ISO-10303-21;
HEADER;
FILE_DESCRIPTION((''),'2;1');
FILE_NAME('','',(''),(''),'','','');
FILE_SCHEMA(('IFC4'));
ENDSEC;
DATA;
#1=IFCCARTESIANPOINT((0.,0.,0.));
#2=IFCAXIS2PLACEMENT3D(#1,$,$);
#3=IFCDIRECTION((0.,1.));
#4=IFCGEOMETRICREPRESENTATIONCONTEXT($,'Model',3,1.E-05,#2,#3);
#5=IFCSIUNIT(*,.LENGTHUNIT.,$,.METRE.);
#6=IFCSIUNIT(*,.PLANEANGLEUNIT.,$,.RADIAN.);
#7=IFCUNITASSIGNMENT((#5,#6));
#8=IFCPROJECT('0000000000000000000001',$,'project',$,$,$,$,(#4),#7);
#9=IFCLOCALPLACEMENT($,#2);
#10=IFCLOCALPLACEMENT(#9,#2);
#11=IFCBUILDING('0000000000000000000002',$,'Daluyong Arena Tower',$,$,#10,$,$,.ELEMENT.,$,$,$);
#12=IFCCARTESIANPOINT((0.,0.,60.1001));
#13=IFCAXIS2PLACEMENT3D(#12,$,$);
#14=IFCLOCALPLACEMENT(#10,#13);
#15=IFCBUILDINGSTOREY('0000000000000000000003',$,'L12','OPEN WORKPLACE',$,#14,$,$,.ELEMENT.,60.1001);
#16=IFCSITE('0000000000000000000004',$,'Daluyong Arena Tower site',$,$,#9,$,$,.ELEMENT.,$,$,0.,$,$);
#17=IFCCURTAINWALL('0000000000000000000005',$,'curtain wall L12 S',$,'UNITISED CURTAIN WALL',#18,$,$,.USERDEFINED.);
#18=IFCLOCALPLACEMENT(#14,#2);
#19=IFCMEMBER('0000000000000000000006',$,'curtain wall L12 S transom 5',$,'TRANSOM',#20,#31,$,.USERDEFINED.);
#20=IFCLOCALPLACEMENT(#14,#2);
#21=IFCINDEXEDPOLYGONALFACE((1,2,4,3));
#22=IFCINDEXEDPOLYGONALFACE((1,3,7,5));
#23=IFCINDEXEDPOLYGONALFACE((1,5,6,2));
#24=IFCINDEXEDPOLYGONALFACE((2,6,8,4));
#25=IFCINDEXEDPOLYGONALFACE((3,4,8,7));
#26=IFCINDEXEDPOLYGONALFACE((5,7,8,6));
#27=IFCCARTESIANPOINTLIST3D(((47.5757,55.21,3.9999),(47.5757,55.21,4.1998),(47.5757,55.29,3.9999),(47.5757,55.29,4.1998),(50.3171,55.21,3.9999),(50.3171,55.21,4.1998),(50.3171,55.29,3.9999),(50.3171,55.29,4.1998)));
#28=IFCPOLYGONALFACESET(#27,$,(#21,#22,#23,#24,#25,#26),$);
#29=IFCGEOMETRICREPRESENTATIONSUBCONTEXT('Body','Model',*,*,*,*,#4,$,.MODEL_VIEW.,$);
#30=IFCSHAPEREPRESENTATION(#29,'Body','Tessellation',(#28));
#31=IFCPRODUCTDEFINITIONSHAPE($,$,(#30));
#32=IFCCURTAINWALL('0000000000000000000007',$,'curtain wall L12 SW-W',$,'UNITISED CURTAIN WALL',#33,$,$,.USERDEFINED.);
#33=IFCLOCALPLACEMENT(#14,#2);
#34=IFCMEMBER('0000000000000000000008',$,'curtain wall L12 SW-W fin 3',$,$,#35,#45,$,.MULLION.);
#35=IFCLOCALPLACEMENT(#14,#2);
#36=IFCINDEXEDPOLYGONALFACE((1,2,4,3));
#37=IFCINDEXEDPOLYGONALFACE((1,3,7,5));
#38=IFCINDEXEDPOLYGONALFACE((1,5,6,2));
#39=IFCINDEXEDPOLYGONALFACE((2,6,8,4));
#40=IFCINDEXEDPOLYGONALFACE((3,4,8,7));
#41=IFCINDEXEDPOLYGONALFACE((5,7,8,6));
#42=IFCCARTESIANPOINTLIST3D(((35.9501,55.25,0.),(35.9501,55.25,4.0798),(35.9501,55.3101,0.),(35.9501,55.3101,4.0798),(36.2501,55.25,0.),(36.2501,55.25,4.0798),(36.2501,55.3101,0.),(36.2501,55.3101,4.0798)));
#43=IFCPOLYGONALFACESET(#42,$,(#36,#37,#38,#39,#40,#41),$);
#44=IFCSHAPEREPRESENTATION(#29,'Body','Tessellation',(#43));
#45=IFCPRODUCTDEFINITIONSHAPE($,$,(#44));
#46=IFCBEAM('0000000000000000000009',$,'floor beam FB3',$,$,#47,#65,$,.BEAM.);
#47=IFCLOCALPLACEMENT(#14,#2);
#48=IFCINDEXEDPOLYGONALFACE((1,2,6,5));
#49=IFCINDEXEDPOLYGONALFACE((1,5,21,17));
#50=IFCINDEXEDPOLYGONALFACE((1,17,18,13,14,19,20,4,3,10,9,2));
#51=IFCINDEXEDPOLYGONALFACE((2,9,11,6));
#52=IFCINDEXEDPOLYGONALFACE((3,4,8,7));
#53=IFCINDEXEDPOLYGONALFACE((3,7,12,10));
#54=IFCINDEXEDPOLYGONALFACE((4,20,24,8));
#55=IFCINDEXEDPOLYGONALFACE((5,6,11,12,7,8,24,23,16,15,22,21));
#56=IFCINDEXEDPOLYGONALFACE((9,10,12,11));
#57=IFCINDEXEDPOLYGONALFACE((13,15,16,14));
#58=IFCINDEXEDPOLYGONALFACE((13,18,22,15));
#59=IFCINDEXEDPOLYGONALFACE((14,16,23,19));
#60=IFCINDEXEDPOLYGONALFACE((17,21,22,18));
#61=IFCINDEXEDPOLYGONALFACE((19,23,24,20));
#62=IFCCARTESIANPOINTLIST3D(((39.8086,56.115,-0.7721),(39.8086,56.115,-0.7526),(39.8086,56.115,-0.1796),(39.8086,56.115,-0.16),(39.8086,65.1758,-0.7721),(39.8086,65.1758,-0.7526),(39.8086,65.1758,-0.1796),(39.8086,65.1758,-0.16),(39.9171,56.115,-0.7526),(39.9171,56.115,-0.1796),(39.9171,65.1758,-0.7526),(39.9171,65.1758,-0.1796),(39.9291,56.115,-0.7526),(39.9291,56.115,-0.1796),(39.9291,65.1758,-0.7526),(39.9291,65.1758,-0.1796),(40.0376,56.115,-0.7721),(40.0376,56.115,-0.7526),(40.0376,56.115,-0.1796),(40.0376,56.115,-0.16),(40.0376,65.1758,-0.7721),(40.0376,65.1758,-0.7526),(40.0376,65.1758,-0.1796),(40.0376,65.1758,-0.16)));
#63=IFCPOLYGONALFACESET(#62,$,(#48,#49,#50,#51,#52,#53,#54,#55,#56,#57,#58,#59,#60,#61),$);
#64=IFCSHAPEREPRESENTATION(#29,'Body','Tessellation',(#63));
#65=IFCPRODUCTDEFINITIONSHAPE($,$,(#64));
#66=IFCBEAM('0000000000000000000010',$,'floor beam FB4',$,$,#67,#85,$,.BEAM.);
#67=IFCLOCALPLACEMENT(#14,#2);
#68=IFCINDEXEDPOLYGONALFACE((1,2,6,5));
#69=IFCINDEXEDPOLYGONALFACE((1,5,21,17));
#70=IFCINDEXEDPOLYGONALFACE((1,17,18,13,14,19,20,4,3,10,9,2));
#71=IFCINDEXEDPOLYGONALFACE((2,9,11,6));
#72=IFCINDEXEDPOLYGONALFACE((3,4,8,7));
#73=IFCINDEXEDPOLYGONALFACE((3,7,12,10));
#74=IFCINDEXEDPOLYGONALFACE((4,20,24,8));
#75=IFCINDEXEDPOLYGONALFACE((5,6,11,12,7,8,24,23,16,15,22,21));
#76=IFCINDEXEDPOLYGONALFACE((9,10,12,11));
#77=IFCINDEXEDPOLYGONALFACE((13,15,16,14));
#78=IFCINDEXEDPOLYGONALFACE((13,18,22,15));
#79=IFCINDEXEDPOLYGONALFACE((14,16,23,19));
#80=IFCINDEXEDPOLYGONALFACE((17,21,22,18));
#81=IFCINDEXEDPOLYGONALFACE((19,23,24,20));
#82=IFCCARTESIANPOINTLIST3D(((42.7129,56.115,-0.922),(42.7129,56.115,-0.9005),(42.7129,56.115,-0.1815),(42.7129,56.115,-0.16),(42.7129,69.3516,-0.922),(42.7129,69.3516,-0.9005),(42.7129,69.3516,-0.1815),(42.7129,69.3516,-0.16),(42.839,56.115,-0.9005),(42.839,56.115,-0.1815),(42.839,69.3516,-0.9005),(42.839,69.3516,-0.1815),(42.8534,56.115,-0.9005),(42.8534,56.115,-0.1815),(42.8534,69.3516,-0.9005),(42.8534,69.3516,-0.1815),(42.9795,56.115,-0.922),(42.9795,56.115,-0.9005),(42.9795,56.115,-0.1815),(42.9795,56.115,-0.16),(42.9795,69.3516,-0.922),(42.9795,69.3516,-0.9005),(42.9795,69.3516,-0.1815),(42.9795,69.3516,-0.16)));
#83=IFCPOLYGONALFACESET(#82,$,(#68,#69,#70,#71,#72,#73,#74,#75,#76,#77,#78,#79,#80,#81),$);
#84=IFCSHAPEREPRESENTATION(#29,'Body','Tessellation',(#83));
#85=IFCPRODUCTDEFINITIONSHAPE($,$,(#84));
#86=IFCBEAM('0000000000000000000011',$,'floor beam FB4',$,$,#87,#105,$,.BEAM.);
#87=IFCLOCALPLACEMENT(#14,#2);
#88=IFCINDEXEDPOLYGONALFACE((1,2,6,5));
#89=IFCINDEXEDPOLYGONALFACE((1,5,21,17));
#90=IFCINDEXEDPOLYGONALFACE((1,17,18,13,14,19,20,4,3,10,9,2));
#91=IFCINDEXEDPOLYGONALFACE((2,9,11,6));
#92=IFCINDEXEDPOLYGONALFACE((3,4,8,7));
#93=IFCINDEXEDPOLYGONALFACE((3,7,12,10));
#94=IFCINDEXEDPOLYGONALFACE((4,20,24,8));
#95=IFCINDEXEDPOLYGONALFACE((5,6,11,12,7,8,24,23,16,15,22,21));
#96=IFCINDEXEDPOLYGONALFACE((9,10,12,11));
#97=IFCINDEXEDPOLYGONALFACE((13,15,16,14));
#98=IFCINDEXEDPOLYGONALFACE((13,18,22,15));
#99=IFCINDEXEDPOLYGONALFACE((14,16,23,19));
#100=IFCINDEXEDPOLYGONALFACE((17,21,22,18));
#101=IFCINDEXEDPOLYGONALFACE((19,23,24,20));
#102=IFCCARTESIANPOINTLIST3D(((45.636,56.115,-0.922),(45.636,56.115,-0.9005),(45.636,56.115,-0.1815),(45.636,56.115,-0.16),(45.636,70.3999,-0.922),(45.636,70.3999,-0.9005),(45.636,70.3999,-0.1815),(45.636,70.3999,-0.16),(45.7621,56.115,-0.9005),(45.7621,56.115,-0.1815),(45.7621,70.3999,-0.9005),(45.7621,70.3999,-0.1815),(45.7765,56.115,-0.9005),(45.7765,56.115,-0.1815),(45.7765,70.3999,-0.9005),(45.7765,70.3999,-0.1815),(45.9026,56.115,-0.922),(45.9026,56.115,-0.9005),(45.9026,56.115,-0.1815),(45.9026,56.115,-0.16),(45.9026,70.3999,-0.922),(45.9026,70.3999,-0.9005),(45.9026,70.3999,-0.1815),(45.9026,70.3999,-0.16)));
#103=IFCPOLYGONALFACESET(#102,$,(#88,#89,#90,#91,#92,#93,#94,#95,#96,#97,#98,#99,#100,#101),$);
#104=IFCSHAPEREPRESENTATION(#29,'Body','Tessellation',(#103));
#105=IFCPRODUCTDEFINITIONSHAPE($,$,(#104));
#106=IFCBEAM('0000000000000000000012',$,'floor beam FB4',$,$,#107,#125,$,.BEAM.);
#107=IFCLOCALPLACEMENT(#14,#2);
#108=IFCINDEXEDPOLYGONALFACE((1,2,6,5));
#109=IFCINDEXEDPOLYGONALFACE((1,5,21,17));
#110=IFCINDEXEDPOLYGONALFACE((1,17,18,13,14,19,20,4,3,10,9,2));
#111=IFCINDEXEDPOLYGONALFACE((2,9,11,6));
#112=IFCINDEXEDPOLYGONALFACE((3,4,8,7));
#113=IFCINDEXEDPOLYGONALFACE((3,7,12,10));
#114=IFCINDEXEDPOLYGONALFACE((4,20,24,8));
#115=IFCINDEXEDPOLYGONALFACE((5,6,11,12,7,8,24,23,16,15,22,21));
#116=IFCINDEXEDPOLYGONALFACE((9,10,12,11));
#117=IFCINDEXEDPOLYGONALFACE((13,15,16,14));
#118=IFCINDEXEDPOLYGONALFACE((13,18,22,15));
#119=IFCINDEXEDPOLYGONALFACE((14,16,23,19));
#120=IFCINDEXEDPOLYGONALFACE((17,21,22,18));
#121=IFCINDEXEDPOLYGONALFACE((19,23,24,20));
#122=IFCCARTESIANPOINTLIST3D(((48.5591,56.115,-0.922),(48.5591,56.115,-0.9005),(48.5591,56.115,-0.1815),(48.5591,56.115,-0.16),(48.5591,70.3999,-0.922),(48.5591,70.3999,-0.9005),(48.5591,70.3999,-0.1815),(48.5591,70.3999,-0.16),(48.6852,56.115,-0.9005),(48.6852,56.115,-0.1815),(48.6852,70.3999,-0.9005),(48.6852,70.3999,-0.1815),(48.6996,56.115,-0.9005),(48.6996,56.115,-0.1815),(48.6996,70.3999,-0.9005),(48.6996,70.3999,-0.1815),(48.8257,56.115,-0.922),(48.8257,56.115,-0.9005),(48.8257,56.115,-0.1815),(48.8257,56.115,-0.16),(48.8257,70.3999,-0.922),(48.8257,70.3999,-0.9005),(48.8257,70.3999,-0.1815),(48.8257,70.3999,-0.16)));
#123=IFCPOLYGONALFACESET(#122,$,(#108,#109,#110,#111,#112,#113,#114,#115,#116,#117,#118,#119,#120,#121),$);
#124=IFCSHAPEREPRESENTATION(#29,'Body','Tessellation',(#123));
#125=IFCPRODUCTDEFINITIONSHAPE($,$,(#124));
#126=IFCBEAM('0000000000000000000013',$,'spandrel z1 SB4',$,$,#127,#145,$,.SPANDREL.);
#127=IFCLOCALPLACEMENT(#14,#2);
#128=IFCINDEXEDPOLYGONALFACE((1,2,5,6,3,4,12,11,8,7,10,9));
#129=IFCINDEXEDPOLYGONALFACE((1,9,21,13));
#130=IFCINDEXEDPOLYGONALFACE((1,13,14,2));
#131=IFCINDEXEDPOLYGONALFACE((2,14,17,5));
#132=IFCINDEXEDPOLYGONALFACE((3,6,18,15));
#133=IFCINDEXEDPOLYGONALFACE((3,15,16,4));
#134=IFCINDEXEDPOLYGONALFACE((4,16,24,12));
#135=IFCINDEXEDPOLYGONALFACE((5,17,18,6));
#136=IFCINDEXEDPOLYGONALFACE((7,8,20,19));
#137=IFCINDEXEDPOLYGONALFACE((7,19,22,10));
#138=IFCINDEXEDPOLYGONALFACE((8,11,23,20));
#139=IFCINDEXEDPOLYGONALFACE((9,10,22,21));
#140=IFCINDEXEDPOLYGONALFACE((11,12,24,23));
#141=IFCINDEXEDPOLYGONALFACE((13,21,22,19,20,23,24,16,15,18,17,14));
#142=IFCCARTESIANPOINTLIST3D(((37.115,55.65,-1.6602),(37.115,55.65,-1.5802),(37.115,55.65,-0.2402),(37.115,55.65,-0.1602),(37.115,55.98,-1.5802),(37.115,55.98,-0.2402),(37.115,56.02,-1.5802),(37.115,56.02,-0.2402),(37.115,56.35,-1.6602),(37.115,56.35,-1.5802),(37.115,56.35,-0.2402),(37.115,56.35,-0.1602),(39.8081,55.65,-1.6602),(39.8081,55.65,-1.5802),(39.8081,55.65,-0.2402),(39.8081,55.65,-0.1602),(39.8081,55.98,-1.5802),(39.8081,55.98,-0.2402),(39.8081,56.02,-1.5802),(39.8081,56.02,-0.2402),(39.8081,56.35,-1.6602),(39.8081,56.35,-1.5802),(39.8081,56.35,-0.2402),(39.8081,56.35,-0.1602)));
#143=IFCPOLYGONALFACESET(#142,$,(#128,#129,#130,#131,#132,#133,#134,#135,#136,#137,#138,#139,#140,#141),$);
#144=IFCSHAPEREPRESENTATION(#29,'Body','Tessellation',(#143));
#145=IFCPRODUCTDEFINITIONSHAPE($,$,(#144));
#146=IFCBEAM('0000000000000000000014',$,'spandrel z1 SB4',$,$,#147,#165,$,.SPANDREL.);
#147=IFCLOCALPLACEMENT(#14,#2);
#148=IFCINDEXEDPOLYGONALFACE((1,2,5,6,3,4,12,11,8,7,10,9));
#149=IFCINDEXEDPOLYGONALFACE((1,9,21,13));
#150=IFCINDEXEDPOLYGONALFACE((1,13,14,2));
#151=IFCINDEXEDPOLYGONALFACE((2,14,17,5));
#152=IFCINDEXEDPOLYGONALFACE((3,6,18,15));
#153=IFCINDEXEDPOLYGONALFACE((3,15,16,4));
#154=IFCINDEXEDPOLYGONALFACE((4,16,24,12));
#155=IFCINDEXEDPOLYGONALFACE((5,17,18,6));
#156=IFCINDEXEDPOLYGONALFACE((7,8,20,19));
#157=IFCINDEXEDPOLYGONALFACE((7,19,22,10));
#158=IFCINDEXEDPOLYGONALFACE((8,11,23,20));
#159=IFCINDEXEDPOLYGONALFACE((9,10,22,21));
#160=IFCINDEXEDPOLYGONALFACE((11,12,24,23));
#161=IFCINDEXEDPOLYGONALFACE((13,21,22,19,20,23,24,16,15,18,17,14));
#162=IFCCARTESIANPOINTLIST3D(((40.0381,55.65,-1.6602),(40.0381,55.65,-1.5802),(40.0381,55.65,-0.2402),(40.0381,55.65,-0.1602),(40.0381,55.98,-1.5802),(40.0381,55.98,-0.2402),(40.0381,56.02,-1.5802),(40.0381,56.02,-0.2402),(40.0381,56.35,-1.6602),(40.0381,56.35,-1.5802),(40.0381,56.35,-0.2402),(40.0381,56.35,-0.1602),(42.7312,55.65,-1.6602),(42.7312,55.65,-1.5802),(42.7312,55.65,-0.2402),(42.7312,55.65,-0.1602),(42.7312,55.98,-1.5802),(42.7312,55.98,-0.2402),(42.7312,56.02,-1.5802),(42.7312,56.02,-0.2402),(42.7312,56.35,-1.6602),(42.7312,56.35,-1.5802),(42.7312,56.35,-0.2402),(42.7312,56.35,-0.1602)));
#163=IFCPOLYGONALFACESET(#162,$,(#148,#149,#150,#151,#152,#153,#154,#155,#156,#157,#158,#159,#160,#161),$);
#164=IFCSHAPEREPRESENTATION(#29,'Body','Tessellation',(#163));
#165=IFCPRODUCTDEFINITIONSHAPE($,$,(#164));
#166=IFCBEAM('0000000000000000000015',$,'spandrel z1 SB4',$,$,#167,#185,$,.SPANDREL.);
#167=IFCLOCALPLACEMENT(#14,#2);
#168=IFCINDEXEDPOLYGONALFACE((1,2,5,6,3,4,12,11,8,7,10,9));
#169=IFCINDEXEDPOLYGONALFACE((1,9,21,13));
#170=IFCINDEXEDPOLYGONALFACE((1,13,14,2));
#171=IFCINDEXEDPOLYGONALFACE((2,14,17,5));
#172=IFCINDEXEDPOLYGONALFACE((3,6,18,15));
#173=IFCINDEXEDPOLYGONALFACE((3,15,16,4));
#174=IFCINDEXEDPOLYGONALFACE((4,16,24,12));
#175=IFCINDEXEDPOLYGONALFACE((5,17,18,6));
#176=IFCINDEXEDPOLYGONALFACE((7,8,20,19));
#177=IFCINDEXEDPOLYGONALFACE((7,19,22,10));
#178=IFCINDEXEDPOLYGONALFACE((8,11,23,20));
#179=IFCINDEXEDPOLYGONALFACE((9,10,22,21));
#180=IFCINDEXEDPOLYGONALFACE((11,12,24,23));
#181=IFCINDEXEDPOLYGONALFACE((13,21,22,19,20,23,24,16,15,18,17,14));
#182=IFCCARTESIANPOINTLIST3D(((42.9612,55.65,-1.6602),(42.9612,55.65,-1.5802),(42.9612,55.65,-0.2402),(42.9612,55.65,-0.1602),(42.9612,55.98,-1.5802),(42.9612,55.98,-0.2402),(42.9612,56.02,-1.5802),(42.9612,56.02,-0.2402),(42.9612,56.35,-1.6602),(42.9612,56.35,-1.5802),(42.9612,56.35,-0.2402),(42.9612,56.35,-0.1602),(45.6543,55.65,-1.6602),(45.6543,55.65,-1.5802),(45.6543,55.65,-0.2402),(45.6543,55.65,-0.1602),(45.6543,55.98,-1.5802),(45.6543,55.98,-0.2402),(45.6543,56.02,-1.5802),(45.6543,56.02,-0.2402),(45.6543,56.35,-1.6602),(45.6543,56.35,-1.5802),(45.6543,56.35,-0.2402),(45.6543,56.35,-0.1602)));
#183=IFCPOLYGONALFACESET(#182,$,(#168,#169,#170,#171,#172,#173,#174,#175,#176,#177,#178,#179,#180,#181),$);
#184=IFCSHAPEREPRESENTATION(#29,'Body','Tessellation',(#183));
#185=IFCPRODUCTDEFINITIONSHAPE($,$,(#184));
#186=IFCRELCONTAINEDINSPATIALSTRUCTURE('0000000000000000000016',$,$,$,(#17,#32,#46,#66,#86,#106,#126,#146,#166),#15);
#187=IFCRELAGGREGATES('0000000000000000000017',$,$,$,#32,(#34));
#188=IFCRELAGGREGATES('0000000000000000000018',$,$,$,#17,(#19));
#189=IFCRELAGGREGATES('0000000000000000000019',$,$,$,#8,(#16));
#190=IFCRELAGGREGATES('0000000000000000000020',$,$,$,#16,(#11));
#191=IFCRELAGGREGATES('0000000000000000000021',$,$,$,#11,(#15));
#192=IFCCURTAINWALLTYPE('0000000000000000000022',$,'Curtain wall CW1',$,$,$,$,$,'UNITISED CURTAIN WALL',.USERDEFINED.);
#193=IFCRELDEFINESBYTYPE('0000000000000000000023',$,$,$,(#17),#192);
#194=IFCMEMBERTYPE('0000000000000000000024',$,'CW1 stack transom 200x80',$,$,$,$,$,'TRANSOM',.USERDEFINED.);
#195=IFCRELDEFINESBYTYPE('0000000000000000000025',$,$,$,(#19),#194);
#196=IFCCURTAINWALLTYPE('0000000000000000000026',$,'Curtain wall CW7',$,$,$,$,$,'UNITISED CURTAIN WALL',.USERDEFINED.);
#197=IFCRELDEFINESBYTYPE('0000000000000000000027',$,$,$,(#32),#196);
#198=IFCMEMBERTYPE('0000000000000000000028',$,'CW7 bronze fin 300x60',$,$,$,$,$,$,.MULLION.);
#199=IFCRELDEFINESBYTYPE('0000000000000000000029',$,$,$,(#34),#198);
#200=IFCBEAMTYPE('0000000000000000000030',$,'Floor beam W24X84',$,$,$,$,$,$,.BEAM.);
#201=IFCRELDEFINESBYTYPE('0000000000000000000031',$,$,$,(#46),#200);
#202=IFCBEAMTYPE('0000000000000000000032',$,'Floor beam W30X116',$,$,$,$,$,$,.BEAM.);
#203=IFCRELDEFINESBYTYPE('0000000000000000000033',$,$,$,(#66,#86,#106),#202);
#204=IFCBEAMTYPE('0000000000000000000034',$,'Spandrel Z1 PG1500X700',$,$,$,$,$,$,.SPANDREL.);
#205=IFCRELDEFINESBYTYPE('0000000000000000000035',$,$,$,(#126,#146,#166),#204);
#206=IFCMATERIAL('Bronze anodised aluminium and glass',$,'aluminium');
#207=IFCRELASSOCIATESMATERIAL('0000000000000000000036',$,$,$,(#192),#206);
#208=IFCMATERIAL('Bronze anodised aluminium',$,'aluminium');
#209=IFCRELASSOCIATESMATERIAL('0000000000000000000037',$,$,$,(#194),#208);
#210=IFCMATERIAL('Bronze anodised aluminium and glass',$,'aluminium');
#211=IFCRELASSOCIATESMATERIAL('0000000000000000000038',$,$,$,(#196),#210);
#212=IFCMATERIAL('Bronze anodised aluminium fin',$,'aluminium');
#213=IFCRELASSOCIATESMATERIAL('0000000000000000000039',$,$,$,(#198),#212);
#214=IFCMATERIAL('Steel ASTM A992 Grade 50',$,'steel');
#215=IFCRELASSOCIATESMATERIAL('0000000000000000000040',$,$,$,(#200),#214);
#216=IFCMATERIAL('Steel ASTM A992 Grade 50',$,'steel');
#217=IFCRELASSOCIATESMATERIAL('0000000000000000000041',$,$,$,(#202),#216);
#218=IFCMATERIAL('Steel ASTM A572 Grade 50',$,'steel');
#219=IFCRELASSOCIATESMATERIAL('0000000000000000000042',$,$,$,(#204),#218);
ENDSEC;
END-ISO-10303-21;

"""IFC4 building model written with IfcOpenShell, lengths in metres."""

from ifc_helpers import new_model, si_unit, direction, frame, origin, origin_2d, place, context, subcontext, project, spatial, rectangle, i_section, extrude, material, material_profile, profile_set, type_object, element, aggregate, save


model = new_model("IFC4")

# Units and contexts
model_context = context("Model", 3, precision=1e-05, world=origin(), true_north=direction((0.0, 1.0)))
body_context = subcontext(model_context, "Body", "Model", "MODEL_VIEW")
ifc_project = project(units=[si_unit("LENGTHUNIT", "METRE"), si_unit("PLANEANGLEUNIT", "RADIAN")], contexts=[model_context])

# Site, building, storey
site_placement = place(None, origin())
site = spatial("IfcSite", under=ifc_project, at=site_placement, Name="Daluyong Arena Tower site", CompositionType="ELEMENT", RefElevation=0.0)
building_placement = place(site_placement, origin())
building = spatial("IfcBuilding", under=site, at=building_placement, Name="Daluyong Arena Tower", CompositionType="ELEMENT")
storey_placement = place(building_placement, frame((0.0, 0.0, 60.1001)))
storey = spatial("IfcBuildingStorey", under=building, at=storey_placement, Name="L12", Description="OPEN WORKPLACE", CompositionType="ELEMENT", Elevation=60.1001)

# Curtain wall, member
ifc_material_1 = material(Name="Bronze anodised aluminium and glass", Category="aluminium")
curtain_wall_type_1 = type_object("IfcCurtainWallType", Name="Curtain wall CW1", ElementType="UNITISED CURTAIN WALL", PredefinedType="USERDEFINED", material=ifc_material_1)
curtain_wall_1_placement = place(storey_placement, origin())
curtain_wall_1 = element("IfcCurtainWall", 1, at=curtain_wall_1_placement, inside=storey, type_object=curtain_wall_type_1, Name="curtain wall L12 S", ObjectType="UNITISED CURTAIN WALL", PredefinedType="USERDEFINED")
ifc_material_2 = material(Name="Bronze anodised aluminium", Category="aluminium")
ifc_material_profile_1 = material_profile(ifc_material_2, rectangle(XDim=0.0801, YDim=0.2, at=origin_2d()))
ifc_profile_set_1 = profile_set([ifc_material_profile_1], Name="Bronze anodised aluminium")
member_type_1 = type_object("IfcMemberType", Name="CW1 stack transom 200x80", ElementType="TRANSOM", PredefinedType="USERDEFINED", material=ifc_profile_set_1)
member_1_placement = place(storey_placement, frame((47.5757, 55.25, 4.0999), z_axis=(1.0, 0.0, 0.0), x_axis=(0.0, 1.0, 0.0)))
member_1 = element("IfcMember", 2, at=member_1_placement, type_object=member_type_1, Name="curtain wall L12 S transom 5", ObjectType="TRANSOM", PredefinedType="USERDEFINED", context=body_context, shape_type="SweptSolid", body=[
    extrude(rectangle(XDim=0.0801, YDim=0.2, at=origin_2d()), origin(), (0.0, 0.0, 1.0), 2.7415),
])

# Curtain wall, member
ifc_material_3 = material(Name="Bronze anodised aluminium and glass", Category="aluminium")
curtain_wall_type_2 = type_object("IfcCurtainWallType", Name="Curtain wall CW7", ElementType="UNITISED CURTAIN WALL", PredefinedType="USERDEFINED", material=ifc_material_3)
curtain_wall_2_placement = place(storey_placement, origin())
curtain_wall_2 = element("IfcCurtainWall", 3, at=curtain_wall_2_placement, inside=storey, type_object=curtain_wall_type_2, Name="curtain wall L12 SW-W", ObjectType="UNITISED CURTAIN WALL", PredefinedType="USERDEFINED")
ifc_material_4 = material(Name="Bronze anodised aluminium fin", Category="aluminium")
ifc_material_profile_2 = material_profile(ifc_material_4, rectangle(XDim=0.3, YDim=0.0601, at=origin_2d()))
ifc_profile_set_2 = profile_set([ifc_material_profile_2], Name="Bronze anodised aluminium fin")
member_type_2 = type_object("IfcMemberType", Name="CW7 bronze fin 300x60", PredefinedType="MULLION", material=ifc_profile_set_2)
member_2_placement = place(storey_placement, frame((36.1001, 55.28, 0.0), z_axis=(0.0, 0.0, 1.0), x_axis=(1.0, 0.0, 0.0)))
member_2 = element("IfcMember", 4, at=member_2_placement, type_object=member_type_2, Name="curtain wall L12 SW-W fin 3", PredefinedType="MULLION", context=body_context, shape_type="SweptSolid", body=[
    extrude(rectangle(XDim=0.3, YDim=0.0601, at=origin_2d()), origin(), (0.0, 0.0, 1.0), 4.0798),
])
aggregate(curtain_wall_2, [member_2])

# Beams
ifc_material_5 = material(Name="Steel ASTM A992 Grade 50", Category="steel")
ifc_material_profile_3 = material_profile(ifc_material_5, i_section(OverallWidth=0.229, OverallDepth=0.6121, WebThickness=0.012, FlangeThickness=0.0195, at=origin_2d()))
ifc_profile_set_3 = profile_set([ifc_material_profile_3], Name="Steel ASTM A992 Grade 50")
beam_type_1 = type_object("IfcBeamType", Name="Floor beam W24X84", PredefinedType="BEAM", material=ifc_profile_set_3)
beam_1_placement = place(storey_placement, frame((39.9231, 56.115, -0.4661), z_axis=(0.0, 1.0, 0.0), x_axis=(-1.0, 0.0, 0.0)))
element("IfcBeam", 5, at=beam_1_placement, inside=storey, type_object=beam_type_1, Name="floor beam FB3", PredefinedType="BEAM", context=body_context, shape_type="SweptSolid", body=[
    extrude(i_section(OverallWidth=0.229, OverallDepth=0.6121, WebThickness=0.012, FlangeThickness=0.0195, at=origin_2d()), origin(), (0.0, 0.0, 1.0), 9.0608),
])
ifc_material_6 = material(Name="Steel ASTM A992 Grade 50", Category="steel")
ifc_material_profile_4 = material_profile(ifc_material_6, i_section(OverallWidth=0.2666, OverallDepth=0.762, WebThickness=0.0144, FlangeThickness=0.0215, at=origin_2d()))
ifc_profile_set_4 = profile_set([ifc_material_profile_4], Name="Steel ASTM A992 Grade 50")
beam_type_2 = type_object("IfcBeamType", Name="Floor beam W30X116", PredefinedType="BEAM", material=ifc_profile_set_4)
beam_2_placement = place(storey_placement, frame((42.8462, 56.115, -0.541), z_axis=(0.0, 1.0, 0.0), x_axis=(-1.0, 0.0, 0.0)))
element("IfcBeam", 6, at=beam_2_placement, inside=storey, type_object=beam_type_2, Name="floor beam FB4", PredefinedType="BEAM", context=body_context, shape_type="SweptSolid", body=[
    extrude(i_section(OverallWidth=0.2666, OverallDepth=0.762, WebThickness=0.0144, FlangeThickness=0.0215, at=origin_2d()), origin(), (0.0, 0.0, 1.0), 13.2366),
])
for number, where, z_axis, x_axis, name in (
    (7, (45.7693, 56.115, -0.541), (0.0, 1.0, 0.0), (-1.0, 0.0, 0.0), "floor beam FB4"),
    (8, (48.6924, 56.115, -0.541), (0.0, 1.0, 0.0), (-1.0, 0.0, 0.0), "floor beam FB4"),
):
    element("IfcBeam", number, at=place(storey_placement, frame(where, z_axis=z_axis, x_axis=x_axis)), inside=storey, type_object=beam_type_2, Name=name, PredefinedType="BEAM", context=body_context, shape_type="SweptSolid", body=[
        extrude(i_section(OverallWidth=0.2666, OverallDepth=0.762, WebThickness=0.0144, FlangeThickness=0.0215, at=origin_2d()), origin(), (0.0, 0.0, 1.0), 14.2849),
    ])
ifc_material_7 = material(Name="Steel ASTM A572 Grade 50", Category="steel")
ifc_material_profile_5 = material_profile(ifc_material_7, i_section(OverallWidth=0.7, OverallDepth=1.5, WebThickness=0.04, FlangeThickness=0.08, at=origin_2d()))
ifc_profile_set_5 = profile_set([ifc_material_profile_5], Name="Steel ASTM A572 Grade 50")
beam_type_3 = type_object("IfcBeamType", Name="Spandrel Z1 PG1500X700", PredefinedType="SPANDREL", material=ifc_profile_set_5)
for number, where, z_axis, x_axis, name in (
    (9, (37.115, 56.0, -0.9102), (1.0, 0.0, 0.0), (0.0, 1.0, 0.0), "spandrel z1 SB4"),
    (10, (40.0381, 56.0, -0.9102), (1.0, 0.0, 0.0), (0.0, 1.0, 0.0), "spandrel z1 SB4"),
    (11, (42.9612, 56.0, -0.9102), (1.0, 0.0, 0.0), (0.0, 1.0, 0.0), "spandrel z1 SB4"),
):
    element("IfcBeam", number, at=place(storey_placement, frame(where, z_axis=z_axis, x_axis=x_axis)), inside=storey, type_object=beam_type_3, Name=name, PredefinedType="SPANDREL", context=body_context, shape_type="SweptSolid", body=[
        extrude(i_section(OverallWidth=0.7, OverallDepth=1.5, WebThickness=0.04, FlangeThickness=0.08, at=origin_2d()), origin(), (0.0, 0.0, 1.0), 2.6931),
    ])

aggregate(curtain_wall_1, [member_1])

save(model, "model.ifc")
